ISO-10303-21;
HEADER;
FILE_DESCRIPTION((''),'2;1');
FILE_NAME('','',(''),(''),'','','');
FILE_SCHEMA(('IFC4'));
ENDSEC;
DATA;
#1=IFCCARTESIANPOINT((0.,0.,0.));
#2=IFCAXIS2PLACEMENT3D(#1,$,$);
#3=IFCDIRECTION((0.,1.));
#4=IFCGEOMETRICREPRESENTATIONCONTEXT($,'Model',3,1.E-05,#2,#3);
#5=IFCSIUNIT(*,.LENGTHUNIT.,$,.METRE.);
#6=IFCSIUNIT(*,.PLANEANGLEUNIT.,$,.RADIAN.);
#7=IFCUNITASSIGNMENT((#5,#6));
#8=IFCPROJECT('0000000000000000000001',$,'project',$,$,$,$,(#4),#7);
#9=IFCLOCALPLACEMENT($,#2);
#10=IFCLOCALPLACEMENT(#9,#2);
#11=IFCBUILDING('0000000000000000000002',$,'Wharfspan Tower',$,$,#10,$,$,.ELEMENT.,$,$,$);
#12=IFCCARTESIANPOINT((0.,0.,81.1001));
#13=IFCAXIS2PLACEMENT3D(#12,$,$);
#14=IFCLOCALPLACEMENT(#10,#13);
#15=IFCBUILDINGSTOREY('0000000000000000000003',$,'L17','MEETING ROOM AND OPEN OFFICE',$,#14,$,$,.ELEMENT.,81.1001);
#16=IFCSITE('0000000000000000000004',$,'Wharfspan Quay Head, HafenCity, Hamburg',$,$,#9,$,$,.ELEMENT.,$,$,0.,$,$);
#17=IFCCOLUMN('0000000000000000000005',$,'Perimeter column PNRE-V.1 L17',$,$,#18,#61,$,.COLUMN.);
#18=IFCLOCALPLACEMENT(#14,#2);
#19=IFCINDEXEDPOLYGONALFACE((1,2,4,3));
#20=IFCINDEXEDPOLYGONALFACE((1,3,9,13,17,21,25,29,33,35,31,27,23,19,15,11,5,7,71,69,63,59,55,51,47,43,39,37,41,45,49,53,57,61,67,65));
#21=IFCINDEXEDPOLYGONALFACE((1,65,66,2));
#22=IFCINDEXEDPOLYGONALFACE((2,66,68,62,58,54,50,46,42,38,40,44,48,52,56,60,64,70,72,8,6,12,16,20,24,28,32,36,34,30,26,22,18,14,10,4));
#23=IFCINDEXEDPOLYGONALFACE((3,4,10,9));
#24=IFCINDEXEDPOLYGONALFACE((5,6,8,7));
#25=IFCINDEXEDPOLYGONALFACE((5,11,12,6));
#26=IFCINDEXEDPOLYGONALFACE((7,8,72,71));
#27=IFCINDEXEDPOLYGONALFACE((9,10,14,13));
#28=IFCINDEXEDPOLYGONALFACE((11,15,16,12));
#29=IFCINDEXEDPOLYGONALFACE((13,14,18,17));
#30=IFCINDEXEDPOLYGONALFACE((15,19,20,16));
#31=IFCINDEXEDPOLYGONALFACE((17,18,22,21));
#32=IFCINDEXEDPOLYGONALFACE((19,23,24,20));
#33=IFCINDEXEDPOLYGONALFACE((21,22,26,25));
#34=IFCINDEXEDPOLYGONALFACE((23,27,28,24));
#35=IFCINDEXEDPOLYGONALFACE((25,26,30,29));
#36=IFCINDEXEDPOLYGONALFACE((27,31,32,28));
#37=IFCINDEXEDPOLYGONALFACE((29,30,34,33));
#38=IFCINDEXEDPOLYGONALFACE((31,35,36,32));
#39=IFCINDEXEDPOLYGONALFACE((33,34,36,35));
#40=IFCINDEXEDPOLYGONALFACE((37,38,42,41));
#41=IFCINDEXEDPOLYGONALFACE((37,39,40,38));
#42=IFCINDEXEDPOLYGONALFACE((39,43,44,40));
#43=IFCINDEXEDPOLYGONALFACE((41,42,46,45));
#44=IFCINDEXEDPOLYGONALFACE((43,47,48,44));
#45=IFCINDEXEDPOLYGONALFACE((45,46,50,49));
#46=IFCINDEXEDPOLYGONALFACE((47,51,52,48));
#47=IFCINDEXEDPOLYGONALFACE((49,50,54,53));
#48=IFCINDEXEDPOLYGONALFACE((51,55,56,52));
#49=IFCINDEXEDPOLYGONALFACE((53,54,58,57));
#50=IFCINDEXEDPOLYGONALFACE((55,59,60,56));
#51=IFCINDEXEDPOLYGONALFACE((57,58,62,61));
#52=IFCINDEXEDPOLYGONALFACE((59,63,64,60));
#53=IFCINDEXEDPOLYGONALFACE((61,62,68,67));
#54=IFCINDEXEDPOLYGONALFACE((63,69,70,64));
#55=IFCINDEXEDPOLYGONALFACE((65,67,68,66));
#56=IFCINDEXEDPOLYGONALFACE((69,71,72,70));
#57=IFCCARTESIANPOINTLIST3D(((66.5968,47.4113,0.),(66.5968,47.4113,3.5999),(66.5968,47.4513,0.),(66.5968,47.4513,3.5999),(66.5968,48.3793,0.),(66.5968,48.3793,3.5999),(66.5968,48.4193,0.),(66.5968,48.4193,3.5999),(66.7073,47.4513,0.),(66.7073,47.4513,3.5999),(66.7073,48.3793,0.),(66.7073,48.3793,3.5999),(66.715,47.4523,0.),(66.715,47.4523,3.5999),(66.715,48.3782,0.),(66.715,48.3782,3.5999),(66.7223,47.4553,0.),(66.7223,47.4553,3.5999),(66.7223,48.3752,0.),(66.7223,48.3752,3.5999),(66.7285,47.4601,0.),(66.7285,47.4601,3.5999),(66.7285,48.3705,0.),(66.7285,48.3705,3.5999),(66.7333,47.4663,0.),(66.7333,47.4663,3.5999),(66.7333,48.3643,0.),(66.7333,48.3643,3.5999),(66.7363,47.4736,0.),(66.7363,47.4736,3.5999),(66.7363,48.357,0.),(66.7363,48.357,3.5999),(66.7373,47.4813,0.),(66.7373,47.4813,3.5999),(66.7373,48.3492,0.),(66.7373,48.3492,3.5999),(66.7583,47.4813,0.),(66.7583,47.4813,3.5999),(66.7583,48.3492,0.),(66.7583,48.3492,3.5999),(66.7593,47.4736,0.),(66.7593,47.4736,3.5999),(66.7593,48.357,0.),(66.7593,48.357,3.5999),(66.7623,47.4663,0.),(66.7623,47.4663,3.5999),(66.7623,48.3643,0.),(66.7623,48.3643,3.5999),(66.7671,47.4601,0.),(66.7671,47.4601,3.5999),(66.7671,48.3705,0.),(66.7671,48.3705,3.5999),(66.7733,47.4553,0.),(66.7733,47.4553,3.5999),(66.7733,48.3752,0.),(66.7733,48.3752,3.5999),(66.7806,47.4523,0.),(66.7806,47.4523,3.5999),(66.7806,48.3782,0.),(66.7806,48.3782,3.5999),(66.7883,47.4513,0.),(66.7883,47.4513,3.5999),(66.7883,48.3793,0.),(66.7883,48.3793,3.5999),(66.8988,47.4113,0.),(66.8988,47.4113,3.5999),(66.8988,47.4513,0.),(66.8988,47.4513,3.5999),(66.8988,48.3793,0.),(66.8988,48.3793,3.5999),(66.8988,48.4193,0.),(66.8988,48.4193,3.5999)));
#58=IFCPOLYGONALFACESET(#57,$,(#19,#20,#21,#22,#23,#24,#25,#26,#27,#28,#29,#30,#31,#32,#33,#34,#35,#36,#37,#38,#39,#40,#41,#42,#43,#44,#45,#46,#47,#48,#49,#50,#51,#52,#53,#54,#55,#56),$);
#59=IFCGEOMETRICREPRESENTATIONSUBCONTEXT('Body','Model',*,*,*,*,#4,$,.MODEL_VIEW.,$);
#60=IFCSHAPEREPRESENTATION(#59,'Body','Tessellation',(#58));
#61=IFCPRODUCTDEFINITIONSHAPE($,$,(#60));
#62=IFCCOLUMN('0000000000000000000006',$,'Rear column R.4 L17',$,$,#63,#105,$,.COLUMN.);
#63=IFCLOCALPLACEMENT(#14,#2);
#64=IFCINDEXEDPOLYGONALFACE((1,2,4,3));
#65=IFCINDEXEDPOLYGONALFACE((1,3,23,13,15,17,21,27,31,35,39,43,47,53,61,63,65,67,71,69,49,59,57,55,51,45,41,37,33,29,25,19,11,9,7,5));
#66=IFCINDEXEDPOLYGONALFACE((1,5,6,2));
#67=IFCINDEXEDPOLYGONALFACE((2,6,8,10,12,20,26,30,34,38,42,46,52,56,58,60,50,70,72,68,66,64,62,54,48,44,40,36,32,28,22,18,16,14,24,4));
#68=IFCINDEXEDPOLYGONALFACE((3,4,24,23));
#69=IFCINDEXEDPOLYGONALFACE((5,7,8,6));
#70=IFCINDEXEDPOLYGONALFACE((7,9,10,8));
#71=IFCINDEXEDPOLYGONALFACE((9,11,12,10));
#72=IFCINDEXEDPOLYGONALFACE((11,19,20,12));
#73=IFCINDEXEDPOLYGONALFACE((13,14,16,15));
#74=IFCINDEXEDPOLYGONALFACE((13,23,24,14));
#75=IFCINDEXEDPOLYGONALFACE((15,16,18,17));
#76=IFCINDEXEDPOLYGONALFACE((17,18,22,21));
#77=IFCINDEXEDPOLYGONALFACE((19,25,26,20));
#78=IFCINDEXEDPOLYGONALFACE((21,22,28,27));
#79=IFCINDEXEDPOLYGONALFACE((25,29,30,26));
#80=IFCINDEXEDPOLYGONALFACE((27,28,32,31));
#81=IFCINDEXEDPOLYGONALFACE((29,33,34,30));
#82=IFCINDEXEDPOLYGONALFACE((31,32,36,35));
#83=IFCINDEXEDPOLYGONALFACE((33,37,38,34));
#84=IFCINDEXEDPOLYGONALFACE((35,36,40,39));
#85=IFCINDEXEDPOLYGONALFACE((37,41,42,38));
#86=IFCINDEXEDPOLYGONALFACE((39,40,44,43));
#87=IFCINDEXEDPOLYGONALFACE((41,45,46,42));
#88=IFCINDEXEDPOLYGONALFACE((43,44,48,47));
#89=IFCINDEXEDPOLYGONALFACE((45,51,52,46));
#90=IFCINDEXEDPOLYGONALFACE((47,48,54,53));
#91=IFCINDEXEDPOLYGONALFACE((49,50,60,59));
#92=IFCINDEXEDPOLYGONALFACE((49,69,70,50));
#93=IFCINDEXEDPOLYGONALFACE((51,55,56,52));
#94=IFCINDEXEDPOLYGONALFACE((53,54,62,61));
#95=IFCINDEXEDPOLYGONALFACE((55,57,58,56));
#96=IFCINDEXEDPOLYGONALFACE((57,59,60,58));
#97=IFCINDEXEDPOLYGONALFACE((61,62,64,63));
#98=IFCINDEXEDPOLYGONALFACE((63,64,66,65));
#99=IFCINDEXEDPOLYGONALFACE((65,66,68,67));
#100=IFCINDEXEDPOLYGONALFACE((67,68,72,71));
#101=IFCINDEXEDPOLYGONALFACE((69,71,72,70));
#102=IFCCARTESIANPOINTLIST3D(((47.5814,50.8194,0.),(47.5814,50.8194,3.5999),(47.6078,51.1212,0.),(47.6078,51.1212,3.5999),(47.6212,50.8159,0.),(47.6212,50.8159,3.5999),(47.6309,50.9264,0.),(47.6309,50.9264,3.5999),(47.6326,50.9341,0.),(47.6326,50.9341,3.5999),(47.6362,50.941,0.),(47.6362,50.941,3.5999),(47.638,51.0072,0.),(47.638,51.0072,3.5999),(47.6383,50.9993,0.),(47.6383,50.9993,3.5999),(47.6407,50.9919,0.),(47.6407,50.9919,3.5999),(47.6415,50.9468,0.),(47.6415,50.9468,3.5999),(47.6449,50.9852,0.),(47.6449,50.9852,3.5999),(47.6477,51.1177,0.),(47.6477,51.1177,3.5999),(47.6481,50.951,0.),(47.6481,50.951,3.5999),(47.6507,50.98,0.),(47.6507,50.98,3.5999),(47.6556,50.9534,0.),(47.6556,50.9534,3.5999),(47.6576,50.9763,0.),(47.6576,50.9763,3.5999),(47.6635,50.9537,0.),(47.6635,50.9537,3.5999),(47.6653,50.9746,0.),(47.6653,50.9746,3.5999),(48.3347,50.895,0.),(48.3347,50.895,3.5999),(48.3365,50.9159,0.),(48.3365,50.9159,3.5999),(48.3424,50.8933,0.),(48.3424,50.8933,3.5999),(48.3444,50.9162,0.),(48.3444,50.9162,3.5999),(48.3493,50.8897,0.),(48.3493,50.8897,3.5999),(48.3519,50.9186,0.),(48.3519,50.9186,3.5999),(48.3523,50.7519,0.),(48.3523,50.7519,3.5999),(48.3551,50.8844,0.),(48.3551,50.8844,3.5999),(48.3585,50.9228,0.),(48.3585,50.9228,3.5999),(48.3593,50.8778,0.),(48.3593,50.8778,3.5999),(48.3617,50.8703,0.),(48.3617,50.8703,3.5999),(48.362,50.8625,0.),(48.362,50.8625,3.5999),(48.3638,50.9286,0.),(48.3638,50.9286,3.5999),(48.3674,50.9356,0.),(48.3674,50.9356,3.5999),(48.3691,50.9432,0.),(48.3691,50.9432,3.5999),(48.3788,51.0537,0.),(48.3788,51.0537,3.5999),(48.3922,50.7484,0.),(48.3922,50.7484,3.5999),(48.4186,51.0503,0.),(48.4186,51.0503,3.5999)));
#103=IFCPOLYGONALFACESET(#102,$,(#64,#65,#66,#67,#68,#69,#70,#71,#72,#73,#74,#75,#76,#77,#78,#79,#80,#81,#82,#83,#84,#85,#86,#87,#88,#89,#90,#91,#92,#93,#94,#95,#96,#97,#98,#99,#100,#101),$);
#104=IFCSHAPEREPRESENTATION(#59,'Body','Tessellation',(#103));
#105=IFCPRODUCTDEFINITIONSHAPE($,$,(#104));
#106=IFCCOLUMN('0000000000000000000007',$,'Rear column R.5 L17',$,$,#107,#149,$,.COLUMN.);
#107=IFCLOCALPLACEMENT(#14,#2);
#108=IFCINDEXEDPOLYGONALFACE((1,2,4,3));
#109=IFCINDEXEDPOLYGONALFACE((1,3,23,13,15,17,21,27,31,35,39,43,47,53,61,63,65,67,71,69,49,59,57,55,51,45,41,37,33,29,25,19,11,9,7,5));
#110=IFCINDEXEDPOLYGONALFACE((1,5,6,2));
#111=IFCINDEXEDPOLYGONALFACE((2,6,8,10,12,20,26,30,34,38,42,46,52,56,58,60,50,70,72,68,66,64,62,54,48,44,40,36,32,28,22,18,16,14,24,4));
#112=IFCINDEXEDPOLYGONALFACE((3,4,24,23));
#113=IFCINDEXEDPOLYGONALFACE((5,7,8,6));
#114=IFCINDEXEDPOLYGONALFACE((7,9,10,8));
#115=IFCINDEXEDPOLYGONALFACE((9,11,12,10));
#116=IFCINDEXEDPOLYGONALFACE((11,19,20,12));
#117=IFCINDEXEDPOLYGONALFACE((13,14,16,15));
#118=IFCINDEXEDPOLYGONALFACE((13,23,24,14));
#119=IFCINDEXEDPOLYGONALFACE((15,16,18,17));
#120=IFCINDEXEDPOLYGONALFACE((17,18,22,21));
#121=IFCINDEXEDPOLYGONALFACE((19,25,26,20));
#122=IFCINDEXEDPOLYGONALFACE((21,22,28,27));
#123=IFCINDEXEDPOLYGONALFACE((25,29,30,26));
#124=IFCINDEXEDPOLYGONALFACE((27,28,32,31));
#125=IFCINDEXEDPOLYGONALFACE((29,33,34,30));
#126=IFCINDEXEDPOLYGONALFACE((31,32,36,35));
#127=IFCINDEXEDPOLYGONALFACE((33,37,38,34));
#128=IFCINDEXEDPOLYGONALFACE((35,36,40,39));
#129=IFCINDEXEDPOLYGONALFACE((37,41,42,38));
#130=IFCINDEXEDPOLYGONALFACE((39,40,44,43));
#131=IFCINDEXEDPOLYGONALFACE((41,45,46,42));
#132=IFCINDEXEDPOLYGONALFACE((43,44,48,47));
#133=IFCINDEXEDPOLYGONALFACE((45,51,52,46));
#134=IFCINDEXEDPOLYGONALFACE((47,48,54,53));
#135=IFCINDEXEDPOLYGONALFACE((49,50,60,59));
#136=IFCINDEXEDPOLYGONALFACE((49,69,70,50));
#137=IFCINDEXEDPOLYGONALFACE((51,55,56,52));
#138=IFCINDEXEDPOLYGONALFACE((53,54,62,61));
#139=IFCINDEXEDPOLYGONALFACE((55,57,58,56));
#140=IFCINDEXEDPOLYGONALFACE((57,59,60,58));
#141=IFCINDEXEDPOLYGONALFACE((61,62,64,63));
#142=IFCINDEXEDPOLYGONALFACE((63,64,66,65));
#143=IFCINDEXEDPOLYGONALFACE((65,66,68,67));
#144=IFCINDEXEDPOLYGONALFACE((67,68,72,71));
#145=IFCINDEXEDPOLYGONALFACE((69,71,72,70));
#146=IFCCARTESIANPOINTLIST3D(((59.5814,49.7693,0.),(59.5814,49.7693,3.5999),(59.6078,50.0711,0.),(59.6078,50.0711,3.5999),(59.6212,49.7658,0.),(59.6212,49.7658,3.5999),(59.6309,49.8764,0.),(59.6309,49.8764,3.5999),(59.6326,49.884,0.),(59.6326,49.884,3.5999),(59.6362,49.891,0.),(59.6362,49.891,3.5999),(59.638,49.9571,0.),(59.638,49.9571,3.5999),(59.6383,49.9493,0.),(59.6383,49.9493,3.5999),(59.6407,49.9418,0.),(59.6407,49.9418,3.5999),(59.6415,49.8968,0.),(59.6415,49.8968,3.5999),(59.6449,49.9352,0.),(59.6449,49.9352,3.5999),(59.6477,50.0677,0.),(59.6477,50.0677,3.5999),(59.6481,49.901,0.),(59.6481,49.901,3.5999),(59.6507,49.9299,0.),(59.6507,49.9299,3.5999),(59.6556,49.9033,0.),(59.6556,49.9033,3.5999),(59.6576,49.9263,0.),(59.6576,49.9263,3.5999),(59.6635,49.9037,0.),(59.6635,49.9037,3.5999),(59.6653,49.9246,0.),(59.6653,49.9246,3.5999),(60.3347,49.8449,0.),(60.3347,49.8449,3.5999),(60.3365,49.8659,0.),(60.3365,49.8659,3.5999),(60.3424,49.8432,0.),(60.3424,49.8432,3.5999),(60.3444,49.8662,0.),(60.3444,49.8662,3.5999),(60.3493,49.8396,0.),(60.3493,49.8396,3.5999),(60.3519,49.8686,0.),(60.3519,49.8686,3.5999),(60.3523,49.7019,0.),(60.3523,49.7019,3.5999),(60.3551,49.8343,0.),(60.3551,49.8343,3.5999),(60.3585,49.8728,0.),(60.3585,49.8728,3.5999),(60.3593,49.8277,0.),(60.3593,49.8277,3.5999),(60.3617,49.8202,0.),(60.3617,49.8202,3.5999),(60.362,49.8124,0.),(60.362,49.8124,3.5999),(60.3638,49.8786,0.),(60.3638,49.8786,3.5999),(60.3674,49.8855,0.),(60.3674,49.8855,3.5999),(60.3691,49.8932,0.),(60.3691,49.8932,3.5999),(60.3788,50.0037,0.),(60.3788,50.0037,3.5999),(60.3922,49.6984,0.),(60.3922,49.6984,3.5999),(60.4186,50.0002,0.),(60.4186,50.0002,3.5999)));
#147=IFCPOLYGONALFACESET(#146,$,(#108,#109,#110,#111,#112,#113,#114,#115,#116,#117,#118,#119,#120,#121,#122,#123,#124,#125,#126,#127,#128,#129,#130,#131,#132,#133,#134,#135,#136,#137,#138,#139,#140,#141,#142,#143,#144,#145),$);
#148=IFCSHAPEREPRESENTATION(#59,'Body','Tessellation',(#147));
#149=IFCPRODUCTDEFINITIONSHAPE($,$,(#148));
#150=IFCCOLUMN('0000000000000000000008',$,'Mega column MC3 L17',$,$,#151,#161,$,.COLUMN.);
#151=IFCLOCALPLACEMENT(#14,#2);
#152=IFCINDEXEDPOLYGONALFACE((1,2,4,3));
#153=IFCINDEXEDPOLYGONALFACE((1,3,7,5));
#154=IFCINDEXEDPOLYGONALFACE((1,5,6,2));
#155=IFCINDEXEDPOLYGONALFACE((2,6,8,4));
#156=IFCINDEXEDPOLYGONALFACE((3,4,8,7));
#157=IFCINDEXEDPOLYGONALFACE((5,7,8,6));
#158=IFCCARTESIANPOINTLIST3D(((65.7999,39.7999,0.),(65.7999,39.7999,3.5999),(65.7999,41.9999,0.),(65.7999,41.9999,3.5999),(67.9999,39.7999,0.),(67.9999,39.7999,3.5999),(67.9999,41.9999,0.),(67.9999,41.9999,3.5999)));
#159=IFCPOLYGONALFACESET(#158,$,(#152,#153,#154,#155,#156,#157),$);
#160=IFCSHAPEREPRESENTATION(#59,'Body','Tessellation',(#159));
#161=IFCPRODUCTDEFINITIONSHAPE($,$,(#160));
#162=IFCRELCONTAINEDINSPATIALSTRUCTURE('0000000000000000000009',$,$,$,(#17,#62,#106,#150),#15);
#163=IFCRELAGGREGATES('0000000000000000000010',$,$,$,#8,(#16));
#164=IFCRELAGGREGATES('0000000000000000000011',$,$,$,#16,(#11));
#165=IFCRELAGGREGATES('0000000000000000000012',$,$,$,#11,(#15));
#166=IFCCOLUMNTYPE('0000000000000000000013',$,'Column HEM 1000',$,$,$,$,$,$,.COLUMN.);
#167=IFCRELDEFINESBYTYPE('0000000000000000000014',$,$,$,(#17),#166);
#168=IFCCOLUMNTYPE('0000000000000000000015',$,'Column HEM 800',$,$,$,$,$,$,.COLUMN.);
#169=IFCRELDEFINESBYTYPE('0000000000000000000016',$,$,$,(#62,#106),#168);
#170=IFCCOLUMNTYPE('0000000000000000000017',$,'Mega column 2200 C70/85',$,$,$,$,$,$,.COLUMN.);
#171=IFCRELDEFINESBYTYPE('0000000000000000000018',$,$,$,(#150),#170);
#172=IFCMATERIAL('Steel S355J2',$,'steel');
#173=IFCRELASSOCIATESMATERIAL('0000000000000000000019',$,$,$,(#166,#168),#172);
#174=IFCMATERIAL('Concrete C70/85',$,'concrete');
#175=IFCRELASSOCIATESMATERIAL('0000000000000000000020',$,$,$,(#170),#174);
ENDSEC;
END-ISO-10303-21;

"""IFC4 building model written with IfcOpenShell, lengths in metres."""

from ifc_helpers import new_model, si_unit, direction, frame, origin, origin_2d, place, context, subcontext, project, spatial, rectangle, i_section, extrude, material, material_profile, profile_set, type_object, element, save


model = new_model("IFC4")

# Units and contexts
model_context = context("Model", 3, precision=1e-05, world=origin(), true_north=direction((0.0, 1.0)))
body_context = subcontext(model_context, "Body", "Model", "MODEL_VIEW")
ifc_project = project(units=[si_unit("LENGTHUNIT", "METRE"), si_unit("PLANEANGLEUNIT", "RADIAN")], contexts=[model_context])

# Site, building, storey
site_placement = place(None, origin())
site = spatial("IfcSite", under=ifc_project, at=site_placement, Name="Wharfspan Quay Head, HafenCity, Hamburg", CompositionType="ELEMENT", RefElevation=0.0)
building_placement = place(site_placement, origin())
building = spatial("IfcBuilding", under=site, at=building_placement, Name="Wharfspan Tower", CompositionType="ELEMENT")
storey_placement = place(building_placement, frame((0.0, 0.0, 81.1001)))
storey = spatial("IfcBuildingStorey", under=building, at=storey_placement, Name="L17", Description="MEETING ROOM AND OPEN OFFICE", CompositionType="ELEMENT", Elevation=81.1001)

# Columns
ifc_material_1 = material(Name="Steel S355J2", Category="steel")
ifc_material_profile_1 = material_profile(ifc_material_1, i_section(OverallWidth=0.302, OverallDepth=1.0081, WebThickness=0.021, FlangeThickness=0.04, FilletRadius=0.03, at=origin_2d()))
ifc_profile_set_1 = profile_set([ifc_material_profile_1], Name="Steel S355J2")
column_type_1 = type_object("IfcColumnType", Name="Column HEM 1000", PredefinedType="COLUMN", material=ifc_profile_set_1)
column_1_placement = place(storey_placement, frame((66.7478, 47.9153, 0.0), z_axis=(0.0, 0.0, 1.0), x_axis=(1.0, 0.0, 0.0)))
element("IfcColumn", 1, at=column_1_placement, inside=storey, type_object=column_type_1, Name="Perimeter column PNRE-V.1 L17", PredefinedType="COLUMN", context=body_context, shape_type="SweptSolid", body=[
    extrude(i_section(OverallWidth=0.302, OverallDepth=1.0081, WebThickness=0.021, FlangeThickness=0.04, FilletRadius=0.03, at=origin_2d()), origin(), (0.0, 0.0, 1.0), 3.5999),
])
ifc_material_profile_2 = material_profile(ifc_material_1, i_section(OverallWidth=0.303, OverallDepth=0.814, WebThickness=0.021, FlangeThickness=0.04, FilletRadius=0.03, at=origin_2d()))
ifc_profile_set_2 = profile_set([ifc_material_profile_2], Name="Steel S355J2")
column_type_2 = type_object("IfcColumnType", Name="Column HEM 800", PredefinedType="COLUMN", material=ifc_profile_set_2)
for number, where, z_axis, x_axis, name in (
    (2, (48.0, 50.9348, 0.0), (0.0, 0.0, 1.0), (0.087156, 0.996197, 0.0), "Rear column R.4 L17"),
    (3, (60.0, 49.8848, 0.0), (0.0, 0.0, 1.0), (0.087156, 0.996197, 0.0), "Rear column R.5 L17"),
):
    element("IfcColumn", number, at=place(storey_placement, frame(where, z_axis=z_axis, x_axis=x_axis)), inside=storey, type_object=column_type_2, Name=name, PredefinedType="COLUMN", context=body_context, shape_type="SweptSolid", body=[
        extrude(i_section(OverallWidth=0.303, OverallDepth=0.814, WebThickness=0.021, FlangeThickness=0.04, FilletRadius=0.03, at=origin_2d()), origin(), (0.0, 0.0, 1.0), 3.5999),
    ])
ifc_material_2 = material(Name="Concrete C70/85", Category="concrete")
ifc_material_profile_3 = material_profile(ifc_material_2, rectangle(XDim=2.2, YDim=2.2, at=origin_2d()))
ifc_profile_set_3 = profile_set([ifc_material_profile_3], Name="Concrete C70/85")
column_type_3 = type_object("IfcColumnType", Name="Mega column 2200 C70/85", PredefinedType="COLUMN", material=ifc_profile_set_3)
column_2_placement = place(storey_placement, frame((66.8999, 40.8999, 0.0), z_axis=(0.0, 0.0, 1.0), x_axis=(1.0, 0.0, 0.0)))
element("IfcColumn", 4, at=column_2_placement, inside=storey, type_object=column_type_3, Name="Mega column MC3 L17", PredefinedType="COLUMN", context=body_context, shape_type="SweptSolid", body=[
    extrude(rectangle(XDim=2.2, YDim=2.2, at=origin_2d()), origin(), (0.0, 0.0, 1.0), 3.5999),
])

save(model, "model.ifc")
